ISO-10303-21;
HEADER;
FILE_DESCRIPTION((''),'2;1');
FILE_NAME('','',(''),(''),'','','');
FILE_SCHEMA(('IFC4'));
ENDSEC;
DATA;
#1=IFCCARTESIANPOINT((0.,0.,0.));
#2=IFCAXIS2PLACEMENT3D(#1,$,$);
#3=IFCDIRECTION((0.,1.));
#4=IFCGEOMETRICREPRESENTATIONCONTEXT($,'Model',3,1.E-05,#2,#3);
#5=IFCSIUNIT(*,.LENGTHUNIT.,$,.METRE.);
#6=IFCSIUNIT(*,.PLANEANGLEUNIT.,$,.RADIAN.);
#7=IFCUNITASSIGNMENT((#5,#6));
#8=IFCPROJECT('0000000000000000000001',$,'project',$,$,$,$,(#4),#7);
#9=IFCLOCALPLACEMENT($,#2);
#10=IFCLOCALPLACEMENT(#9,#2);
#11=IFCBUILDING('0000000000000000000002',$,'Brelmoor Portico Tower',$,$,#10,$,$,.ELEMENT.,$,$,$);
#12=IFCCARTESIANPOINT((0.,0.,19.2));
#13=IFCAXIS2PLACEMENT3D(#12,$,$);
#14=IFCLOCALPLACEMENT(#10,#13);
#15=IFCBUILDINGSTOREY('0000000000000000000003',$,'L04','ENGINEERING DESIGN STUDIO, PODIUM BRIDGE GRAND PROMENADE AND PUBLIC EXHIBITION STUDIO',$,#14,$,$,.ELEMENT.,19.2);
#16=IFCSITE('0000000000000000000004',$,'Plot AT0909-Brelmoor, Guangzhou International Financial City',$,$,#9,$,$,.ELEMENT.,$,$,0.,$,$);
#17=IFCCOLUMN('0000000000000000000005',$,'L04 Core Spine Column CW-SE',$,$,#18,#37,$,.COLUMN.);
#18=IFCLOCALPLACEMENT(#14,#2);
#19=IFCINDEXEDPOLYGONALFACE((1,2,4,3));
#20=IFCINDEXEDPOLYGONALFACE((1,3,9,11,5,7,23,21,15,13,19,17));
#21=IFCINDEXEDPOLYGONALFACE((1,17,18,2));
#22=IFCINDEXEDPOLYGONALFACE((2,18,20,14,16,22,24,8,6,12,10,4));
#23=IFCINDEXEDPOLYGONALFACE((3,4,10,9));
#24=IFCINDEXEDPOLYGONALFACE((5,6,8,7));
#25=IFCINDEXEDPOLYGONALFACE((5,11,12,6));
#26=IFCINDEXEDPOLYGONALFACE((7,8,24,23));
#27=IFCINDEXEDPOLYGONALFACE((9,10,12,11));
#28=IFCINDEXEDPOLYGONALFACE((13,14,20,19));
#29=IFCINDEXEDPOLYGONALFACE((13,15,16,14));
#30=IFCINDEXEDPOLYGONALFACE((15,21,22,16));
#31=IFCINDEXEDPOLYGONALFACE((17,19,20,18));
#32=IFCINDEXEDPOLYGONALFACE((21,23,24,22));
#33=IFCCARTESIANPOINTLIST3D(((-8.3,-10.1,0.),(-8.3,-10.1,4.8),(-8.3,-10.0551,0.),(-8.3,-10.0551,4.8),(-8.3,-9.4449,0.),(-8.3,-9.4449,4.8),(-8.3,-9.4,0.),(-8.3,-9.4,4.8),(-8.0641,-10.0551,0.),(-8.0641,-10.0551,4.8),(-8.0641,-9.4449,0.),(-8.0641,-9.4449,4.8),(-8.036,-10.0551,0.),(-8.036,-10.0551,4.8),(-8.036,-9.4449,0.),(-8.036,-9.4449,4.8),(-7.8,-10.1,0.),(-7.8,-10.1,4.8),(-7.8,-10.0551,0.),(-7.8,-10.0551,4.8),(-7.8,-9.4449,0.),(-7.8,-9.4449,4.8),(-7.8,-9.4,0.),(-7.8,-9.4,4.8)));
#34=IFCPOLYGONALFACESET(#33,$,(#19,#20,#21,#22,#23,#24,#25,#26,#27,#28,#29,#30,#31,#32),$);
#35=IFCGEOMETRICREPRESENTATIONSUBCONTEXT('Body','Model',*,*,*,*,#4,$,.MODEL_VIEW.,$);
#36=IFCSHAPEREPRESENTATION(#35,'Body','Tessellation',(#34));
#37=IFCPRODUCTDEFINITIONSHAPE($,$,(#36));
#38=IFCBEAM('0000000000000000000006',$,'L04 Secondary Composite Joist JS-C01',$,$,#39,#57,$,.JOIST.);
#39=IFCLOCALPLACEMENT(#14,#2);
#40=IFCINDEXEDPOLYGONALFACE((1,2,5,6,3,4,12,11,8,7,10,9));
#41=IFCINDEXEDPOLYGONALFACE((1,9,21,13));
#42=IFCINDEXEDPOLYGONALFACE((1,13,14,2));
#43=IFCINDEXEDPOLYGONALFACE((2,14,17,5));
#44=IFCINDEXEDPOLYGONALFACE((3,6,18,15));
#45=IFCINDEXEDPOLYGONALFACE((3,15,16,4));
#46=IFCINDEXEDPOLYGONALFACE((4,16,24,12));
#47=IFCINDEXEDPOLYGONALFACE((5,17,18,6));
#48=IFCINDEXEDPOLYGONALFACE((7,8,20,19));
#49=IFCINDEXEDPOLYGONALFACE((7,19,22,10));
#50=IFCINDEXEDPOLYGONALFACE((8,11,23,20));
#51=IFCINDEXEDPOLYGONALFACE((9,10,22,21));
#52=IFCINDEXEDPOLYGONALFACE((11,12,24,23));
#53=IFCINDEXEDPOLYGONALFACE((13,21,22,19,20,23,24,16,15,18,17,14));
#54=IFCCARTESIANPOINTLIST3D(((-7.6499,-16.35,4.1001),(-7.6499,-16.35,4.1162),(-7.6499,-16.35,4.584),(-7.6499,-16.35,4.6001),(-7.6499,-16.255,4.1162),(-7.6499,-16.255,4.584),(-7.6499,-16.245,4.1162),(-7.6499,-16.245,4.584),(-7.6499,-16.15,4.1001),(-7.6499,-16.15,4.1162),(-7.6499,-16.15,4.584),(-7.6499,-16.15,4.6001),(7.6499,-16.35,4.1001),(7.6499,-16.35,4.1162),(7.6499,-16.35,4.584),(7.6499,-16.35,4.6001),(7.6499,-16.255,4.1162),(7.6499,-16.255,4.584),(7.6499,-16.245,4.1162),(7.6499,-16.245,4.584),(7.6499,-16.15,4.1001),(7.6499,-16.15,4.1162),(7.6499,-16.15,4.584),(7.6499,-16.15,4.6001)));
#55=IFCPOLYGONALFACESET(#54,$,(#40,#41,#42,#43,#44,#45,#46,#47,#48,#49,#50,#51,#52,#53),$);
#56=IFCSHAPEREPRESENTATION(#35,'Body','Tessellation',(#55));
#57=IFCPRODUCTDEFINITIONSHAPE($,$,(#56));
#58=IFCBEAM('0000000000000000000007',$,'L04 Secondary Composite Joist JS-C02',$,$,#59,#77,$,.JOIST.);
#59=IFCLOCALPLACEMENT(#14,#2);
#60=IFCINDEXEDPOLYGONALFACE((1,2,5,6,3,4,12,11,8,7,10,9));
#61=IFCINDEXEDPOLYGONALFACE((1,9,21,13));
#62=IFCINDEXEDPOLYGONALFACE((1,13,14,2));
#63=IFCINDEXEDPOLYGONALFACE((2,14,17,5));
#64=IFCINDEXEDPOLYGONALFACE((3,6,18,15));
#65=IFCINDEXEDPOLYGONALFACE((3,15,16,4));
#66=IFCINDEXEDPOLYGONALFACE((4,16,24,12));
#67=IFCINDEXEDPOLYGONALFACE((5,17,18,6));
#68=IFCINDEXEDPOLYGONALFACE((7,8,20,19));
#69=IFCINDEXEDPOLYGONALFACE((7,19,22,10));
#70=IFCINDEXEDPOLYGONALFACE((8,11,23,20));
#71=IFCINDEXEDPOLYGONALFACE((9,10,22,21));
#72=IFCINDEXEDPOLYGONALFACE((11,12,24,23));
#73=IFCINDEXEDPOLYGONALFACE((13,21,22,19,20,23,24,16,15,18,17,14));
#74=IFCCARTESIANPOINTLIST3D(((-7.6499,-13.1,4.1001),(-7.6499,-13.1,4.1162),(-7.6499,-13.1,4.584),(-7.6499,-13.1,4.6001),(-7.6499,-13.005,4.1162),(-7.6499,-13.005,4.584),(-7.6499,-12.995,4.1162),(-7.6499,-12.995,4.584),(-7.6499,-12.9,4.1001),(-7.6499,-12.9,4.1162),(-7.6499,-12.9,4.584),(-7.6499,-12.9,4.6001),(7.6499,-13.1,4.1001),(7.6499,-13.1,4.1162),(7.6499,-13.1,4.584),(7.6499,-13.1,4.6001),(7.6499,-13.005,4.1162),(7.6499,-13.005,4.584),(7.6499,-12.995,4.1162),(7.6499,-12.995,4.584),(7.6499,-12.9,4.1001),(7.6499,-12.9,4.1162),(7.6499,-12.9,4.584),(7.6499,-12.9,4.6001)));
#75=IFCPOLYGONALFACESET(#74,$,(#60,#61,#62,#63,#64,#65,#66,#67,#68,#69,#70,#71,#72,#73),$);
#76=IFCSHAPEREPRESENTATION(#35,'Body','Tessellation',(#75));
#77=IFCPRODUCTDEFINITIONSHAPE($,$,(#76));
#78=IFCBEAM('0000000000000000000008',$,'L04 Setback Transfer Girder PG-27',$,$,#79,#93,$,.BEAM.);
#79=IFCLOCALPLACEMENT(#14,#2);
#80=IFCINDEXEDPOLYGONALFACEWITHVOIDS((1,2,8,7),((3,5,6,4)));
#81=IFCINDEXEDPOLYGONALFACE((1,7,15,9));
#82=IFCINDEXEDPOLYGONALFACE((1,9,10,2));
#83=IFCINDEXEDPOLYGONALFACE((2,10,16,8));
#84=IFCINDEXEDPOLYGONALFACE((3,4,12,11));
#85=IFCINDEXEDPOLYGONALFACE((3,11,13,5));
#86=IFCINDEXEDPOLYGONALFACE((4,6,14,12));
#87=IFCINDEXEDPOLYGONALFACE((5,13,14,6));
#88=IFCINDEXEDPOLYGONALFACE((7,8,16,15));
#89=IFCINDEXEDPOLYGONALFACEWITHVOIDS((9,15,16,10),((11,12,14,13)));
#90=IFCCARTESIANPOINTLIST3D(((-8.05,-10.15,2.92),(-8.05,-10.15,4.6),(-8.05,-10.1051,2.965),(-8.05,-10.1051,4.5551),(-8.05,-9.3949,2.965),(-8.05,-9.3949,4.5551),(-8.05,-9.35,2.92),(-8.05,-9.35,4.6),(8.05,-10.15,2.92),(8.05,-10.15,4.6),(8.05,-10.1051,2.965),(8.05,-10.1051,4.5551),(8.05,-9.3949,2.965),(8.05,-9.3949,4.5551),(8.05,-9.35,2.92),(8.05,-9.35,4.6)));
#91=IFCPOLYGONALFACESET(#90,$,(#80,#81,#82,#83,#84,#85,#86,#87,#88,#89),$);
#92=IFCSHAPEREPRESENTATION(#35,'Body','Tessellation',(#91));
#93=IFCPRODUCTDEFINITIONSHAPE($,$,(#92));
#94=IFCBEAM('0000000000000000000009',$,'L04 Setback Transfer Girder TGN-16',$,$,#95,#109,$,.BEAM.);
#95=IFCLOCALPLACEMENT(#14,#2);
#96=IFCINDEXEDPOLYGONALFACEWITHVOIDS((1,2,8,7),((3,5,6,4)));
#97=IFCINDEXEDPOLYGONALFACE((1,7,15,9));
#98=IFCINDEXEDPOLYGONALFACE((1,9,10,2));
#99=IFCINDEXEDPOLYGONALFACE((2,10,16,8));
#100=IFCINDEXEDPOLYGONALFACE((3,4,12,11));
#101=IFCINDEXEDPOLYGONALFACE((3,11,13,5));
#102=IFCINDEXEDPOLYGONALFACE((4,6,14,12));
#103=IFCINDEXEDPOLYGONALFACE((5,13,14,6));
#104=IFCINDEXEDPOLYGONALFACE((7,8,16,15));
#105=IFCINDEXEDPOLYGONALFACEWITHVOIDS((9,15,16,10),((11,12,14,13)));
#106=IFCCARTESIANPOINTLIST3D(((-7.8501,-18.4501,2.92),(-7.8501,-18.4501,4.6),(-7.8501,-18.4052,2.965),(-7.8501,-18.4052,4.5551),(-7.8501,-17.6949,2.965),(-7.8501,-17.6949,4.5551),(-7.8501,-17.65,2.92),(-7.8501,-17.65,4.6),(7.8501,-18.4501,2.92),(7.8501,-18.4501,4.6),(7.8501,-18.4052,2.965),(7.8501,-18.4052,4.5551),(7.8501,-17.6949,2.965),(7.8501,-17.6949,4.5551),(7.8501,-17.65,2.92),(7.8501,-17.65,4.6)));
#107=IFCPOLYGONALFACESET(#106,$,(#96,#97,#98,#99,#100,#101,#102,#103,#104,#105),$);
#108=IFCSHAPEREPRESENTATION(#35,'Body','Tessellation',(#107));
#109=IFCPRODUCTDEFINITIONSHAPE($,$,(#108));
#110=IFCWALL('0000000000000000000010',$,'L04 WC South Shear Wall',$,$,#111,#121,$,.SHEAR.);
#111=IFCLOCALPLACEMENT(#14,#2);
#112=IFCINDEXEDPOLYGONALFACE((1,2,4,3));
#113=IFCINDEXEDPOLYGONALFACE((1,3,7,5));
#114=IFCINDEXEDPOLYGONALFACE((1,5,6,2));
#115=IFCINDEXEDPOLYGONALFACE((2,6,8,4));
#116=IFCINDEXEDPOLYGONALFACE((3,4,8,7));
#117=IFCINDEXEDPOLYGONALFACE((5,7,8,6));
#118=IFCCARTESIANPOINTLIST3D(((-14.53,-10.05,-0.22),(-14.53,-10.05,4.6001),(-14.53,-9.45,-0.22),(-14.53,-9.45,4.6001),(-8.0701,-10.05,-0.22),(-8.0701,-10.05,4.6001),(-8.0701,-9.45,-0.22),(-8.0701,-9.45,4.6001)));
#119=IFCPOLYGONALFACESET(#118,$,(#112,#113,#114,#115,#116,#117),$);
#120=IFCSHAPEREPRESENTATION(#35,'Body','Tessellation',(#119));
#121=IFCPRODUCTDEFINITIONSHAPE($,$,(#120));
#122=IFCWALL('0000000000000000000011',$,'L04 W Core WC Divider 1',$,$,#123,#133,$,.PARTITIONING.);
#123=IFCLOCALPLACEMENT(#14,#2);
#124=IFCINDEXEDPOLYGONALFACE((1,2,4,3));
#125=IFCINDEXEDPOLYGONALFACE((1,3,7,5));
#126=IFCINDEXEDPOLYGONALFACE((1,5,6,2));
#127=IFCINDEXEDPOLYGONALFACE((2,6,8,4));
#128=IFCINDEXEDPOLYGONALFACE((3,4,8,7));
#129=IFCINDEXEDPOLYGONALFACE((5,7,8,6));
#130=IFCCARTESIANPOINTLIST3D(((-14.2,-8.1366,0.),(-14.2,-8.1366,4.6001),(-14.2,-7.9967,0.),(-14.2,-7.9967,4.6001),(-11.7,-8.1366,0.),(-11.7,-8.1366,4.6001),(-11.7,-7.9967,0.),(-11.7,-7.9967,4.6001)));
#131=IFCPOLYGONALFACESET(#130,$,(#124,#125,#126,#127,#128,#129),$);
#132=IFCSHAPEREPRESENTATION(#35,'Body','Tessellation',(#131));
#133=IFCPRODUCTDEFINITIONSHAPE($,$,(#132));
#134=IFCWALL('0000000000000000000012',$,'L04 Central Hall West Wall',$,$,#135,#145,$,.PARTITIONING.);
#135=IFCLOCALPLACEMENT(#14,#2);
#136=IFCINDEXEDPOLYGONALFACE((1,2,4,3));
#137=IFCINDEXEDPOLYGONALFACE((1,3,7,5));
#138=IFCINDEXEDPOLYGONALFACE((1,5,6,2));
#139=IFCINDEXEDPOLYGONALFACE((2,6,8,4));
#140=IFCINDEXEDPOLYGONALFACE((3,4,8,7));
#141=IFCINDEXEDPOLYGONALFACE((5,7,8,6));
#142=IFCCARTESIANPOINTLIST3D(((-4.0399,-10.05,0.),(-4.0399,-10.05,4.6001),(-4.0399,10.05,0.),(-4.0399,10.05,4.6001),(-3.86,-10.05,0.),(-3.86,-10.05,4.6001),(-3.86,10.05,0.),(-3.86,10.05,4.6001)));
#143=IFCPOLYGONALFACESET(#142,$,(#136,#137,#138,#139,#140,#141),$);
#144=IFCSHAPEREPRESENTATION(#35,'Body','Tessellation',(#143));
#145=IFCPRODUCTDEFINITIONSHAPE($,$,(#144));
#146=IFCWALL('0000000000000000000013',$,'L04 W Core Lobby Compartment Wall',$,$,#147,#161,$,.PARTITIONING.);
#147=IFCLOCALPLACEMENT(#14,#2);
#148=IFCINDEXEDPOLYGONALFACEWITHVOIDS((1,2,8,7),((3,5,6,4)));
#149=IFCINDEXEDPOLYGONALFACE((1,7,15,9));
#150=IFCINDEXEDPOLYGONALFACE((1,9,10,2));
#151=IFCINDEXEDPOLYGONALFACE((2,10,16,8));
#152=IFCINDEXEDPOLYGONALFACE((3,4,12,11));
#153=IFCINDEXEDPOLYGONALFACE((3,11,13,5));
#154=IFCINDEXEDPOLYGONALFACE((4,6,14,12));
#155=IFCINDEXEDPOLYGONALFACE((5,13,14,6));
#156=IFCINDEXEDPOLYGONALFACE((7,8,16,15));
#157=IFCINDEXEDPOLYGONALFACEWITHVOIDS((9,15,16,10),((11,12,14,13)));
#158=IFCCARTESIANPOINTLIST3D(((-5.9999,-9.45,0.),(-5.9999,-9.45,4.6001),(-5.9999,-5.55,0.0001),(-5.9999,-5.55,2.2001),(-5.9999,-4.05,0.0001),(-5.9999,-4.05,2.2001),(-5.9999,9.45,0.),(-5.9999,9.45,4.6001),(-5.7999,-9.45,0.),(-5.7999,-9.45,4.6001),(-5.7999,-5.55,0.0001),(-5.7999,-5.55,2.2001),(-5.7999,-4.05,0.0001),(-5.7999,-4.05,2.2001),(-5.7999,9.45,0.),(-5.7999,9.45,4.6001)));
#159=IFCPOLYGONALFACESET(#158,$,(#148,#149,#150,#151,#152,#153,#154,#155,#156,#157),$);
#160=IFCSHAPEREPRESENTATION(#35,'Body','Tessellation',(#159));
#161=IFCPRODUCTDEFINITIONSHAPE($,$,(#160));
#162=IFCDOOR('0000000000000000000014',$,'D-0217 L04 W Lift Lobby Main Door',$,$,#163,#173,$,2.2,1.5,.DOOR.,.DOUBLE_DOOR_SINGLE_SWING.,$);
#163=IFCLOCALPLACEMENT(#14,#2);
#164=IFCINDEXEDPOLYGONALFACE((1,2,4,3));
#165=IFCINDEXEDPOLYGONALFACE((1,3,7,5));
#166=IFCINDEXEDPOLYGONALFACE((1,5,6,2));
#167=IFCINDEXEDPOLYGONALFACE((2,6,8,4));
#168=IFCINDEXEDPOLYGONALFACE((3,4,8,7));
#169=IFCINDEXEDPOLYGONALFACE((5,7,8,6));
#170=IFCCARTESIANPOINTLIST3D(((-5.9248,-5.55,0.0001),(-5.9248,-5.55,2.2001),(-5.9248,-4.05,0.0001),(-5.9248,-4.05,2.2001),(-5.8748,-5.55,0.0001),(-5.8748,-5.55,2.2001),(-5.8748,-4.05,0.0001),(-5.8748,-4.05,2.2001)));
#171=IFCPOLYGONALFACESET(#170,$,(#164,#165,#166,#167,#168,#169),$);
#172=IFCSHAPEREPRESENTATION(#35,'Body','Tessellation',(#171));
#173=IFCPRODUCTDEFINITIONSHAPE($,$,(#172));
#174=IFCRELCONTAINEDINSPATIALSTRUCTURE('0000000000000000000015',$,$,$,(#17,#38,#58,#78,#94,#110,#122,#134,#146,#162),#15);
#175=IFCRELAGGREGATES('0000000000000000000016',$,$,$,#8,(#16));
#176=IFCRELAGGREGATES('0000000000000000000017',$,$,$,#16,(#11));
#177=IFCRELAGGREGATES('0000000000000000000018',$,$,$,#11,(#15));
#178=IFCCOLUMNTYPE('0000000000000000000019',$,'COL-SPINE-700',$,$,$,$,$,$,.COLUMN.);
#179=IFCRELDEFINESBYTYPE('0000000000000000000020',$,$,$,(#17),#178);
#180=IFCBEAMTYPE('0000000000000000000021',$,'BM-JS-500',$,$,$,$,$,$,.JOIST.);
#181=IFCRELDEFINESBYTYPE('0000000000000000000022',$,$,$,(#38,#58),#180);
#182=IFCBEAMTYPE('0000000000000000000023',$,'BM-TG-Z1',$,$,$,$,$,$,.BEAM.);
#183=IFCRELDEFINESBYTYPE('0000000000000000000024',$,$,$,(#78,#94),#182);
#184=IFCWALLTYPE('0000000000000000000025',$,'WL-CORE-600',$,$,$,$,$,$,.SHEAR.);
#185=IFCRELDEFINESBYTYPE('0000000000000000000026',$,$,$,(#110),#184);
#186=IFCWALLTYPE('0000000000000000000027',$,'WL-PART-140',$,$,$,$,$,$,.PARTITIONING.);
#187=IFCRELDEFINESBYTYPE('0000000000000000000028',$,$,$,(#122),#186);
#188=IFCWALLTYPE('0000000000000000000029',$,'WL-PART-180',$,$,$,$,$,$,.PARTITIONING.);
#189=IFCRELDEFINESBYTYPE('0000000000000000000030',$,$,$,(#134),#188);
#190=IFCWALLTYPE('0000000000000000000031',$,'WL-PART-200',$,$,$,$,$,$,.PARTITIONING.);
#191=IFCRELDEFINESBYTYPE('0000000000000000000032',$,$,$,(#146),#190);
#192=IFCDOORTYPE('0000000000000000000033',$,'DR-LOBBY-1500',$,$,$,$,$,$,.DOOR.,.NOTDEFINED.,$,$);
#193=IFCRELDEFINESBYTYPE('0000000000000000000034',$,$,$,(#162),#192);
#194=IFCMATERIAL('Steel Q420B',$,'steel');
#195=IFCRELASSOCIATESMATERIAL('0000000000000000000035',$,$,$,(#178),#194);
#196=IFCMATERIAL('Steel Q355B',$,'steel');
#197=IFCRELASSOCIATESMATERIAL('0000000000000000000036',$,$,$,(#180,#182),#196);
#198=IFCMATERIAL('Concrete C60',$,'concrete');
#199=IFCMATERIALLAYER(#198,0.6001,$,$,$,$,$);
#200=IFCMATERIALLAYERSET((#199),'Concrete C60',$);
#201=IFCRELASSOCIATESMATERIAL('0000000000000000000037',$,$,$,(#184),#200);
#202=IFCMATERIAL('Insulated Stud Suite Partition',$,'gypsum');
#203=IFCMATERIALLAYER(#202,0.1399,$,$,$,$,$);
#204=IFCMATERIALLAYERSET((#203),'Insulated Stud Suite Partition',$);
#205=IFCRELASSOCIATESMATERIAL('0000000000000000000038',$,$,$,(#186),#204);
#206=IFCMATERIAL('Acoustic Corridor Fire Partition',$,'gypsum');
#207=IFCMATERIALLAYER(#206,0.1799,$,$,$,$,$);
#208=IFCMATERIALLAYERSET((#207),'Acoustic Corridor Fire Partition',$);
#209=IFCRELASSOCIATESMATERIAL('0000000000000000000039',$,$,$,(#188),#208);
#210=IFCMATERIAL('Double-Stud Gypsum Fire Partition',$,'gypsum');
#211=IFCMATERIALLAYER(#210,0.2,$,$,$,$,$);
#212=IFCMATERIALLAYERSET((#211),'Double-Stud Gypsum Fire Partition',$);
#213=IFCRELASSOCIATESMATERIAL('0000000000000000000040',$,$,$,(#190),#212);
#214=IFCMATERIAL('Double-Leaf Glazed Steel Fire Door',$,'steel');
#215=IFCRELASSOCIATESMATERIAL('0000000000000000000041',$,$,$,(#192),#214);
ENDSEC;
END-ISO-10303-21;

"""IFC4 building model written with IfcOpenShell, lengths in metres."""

from ifc_helpers import new_model, si_unit, direction, frame, frame_2d, origin, origin_2d, place, context, subcontext, project, spatial, rectangle, hollow_rectangle, i_section, extrude, material, layer, layer_set, material_profile, profile_set, type_object, element, fill, save


model = new_model("IFC4")

# Units and contexts
model_context = context("Model", 3, precision=1e-05, world=origin(), true_north=direction((0.0, 1.0)))
body_context = subcontext(model_context, "Body", "Model", "MODEL_VIEW")
ifc_project = project(units=[si_unit("LENGTHUNIT", "METRE"), si_unit("PLANEANGLEUNIT", "RADIAN")], contexts=[model_context])

# Site, building, storey
site_placement = place(None, origin())
site = spatial("IfcSite", under=ifc_project, at=site_placement, Name="Plot AT0909-Brelmoor, Guangzhou International Financial City", CompositionType="ELEMENT", RefElevation=0.0)
building_placement = place(site_placement, origin())
building = spatial("IfcBuilding", under=site, at=building_placement, Name="Brelmoor Portico Tower", CompositionType="ELEMENT")
storey_placement = place(building_placement, frame((0.0, 0.0, 19.2)))
storey = spatial("IfcBuildingStorey", under=building, at=storey_placement, Name="L04", Description="ENGINEERING DESIGN STUDIO, PODIUM BRIDGE GRAND PROMENADE AND PUBLIC EXHIBITION STUDIO", CompositionType="ELEMENT", Elevation=19.2)

# Column
ifc_material_1 = material(Name="Steel Q420B", Category="steel")
ifc_material_profile_1 = material_profile(ifc_material_1, i_section(OverallWidth=0.5, OverallDepth=0.7, WebThickness=0.0281, FlangeThickness=0.0449, at=origin_2d()), Name="HW 700x500x28x45")
ifc_profile_set_1 = profile_set([ifc_material_profile_1], Name="Steel Q420B")
column_type = type_object("IfcColumnType", Name="COL-SPINE-700", PredefinedType="COLUMN", material=ifc_profile_set_1)
column_placement = place(storey_placement, frame((-8.05, -9.75, 0.0), z_axis=(0.0, 0.0, 1.0), x_axis=(1.0, 0.0, 0.0)))
element("IfcColumn", 1, at=column_placement, inside=storey, type_object=column_type, Name="L04 Core Spine Column CW-SE", PredefinedType="COLUMN", context=body_context, shape_type="SweptSolid", body=[
    extrude(i_section(OverallWidth=0.5, OverallDepth=0.7, WebThickness=0.0281, FlangeThickness=0.0449, at=origin_2d()), origin(), (0.0, 0.0, 1.0), 4.8),
])

# Beams
ifc_material_2 = material(Name="Steel Q355B", Category="steel")
ifc_material_profile_2 = material_profile(ifc_material_2, i_section(OverallWidth=0.2, OverallDepth=0.5, WebThickness=0.01, FlangeThickness=0.0161, at=origin_2d()), Name="HN 500x200x10x16")
ifc_profile_set_2 = profile_set([ifc_material_profile_2], Name="Steel Q355B")
beam_type_1 = type_object("IfcBeamType", Name="BM-JS-500", PredefinedType="JOIST", material=ifc_profile_set_2)
for number, where, z_axis, x_axis, name in (
    (2, (-7.6499, -16.25, 4.3501), (1.0, 0.0, 0.0), (0.0, 1.0, 0.0), "L04 Secondary Composite Joist JS-C01"),
    (3, (-7.6499, -13.0, 4.3501), (1.0, 0.0, 0.0), (0.0, 1.0, 0.0), "L04 Secondary Composite Joist JS-C02"),
):
    element("IfcBeam", number, at=place(storey_placement, frame(where, z_axis=z_axis, x_axis=x_axis)), inside=storey, type_object=beam_type_1, Name=name, PredefinedType="JOIST", context=body_context, shape_type="SweptSolid", body=[
        extrude(i_section(OverallWidth=0.2, OverallDepth=0.5, WebThickness=0.01, FlangeThickness=0.0161, at=origin_2d()), origin(), (0.0, 0.0, 1.0), 15.2998),
    ])
ifc_material_profile_3 = material_profile(ifc_material_2, hollow_rectangle(XDim=0.8, YDim=1.6799, WallThickness=0.0449, at=origin_2d()), Name="BOX 800x1680x45")
ifc_profile_set_3 = profile_set([ifc_material_profile_3], Name="Steel Q355B")
beam_type_2 = type_object("IfcBeamType", Name="BM-TG-Z1", PredefinedType="BEAM", material=ifc_profile_set_3)
beam_1_placement = place(storey_placement, frame((-8.05, -9.75, 3.76), z_axis=(1.0, 0.0, 0.0), x_axis=(0.0, 1.0, 0.0)))
element("IfcBeam", 4, at=beam_1_placement, inside=storey, type_object=beam_type_2, Name="L04 Setback Transfer Girder PG-27", PredefinedType="BEAM", context=body_context, shape_type="SweptSolid", body=[
    extrude(hollow_rectangle(XDim=0.8, YDim=1.6799, WallThickness=0.0449, at=origin_2d()), origin(), (0.0, 0.0, 1.0), 16.1001),
])
beam_2_placement = place(storey_placement, frame((-7.8501, -18.05, 3.76), z_axis=(1.0, 0.0, 0.0), x_axis=(0.0, 1.0, 0.0)))
element("IfcBeam", 5, at=beam_2_placement, inside=storey, type_object=beam_type_2, Name="L04 Setback Transfer Girder TGN-16", PredefinedType="BEAM", context=body_context, shape_type="SweptSolid", body=[
    extrude(hollow_rectangle(XDim=0.8, YDim=1.6799, WallThickness=0.0449, at=origin_2d()), origin(), (0.0, 0.0, 1.0), 15.7002),
])

# Walls
ifc_material_3 = material(Name="Concrete C60", Category="concrete")
ifc_layer_1 = layer(ifc_material_3, 0.6001)
ifc_layer_set_1 = layer_set([ifc_layer_1], Name="Concrete C60")
wall_type_1 = type_object("IfcWallType", Name="WL-CORE-600", PredefinedType="SHEAR", material=ifc_layer_set_1)
wall_1_placement = place(storey_placement, frame((-14.53, -9.75, -0.22), z_axis=(0.0, 0.0, 1.0), x_axis=(1.0, 0.0, 0.0)))
element("IfcWall", 6, at=wall_1_placement, inside=storey, type_object=wall_type_1, Name="L04 WC South Shear Wall", PredefinedType="SHEAR", context=body_context, shape_type="SweptSolid", body=[
    extrude(rectangle(XDim=6.46, YDim=0.6001, at=frame_2d((3.23, 0.0))), origin(), (0.0, 0.0, 1.0), 4.8201),
])
ifc_material_4 = material(Name="Insulated Stud Suite Partition", Category="gypsum")
ifc_layer_2 = layer(ifc_material_4, 0.1399)
ifc_layer_set_2 = layer_set([ifc_layer_2], Name="Insulated Stud Suite Partition")
wall_type_2 = type_object("IfcWallType", Name="WL-PART-140", PredefinedType="PARTITIONING", material=ifc_layer_set_2)
wall_2_placement = place(storey_placement, frame((-11.7, -8.0667, 0.0), z_axis=(0.0, 0.0, 1.0), x_axis=(-1.0, 0.0, 0.0)))
element("IfcWall", 7, at=wall_2_placement, inside=storey, type_object=wall_type_2, Name="L04 W Core WC Divider 1", PredefinedType="PARTITIONING", context=body_context, shape_type="SweptSolid", body=[
    extrude(rectangle(XDim=2.5, YDim=0.1399, at=frame_2d((1.25, 0.0))), origin(), (0.0, 0.0, 1.0), 4.6001),
])

# Wall
ifc_material_5 = material(Name="Acoustic Corridor Fire Partition", Category="gypsum")
ifc_layer_3 = layer(ifc_material_5, 0.1799)
ifc_layer_set_3 = layer_set([ifc_layer_3], Name="Acoustic Corridor Fire Partition")
wall_type_3 = type_object("IfcWallType", Name="WL-PART-180", PredefinedType="PARTITIONING", material=ifc_layer_set_3)
wall_3_placement = place(storey_placement, frame((-3.95, -10.05, 0.0), z_axis=(0.0, 0.0, 1.0), x_axis=(0.0, 1.0, 0.0)))
element("IfcWall", 8, at=wall_3_placement, inside=storey, type_object=wall_type_3, Name="L04 Central Hall West Wall", PredefinedType="PARTITIONING", context=body_context, shape_type="SweptSolid", body=[
    extrude(rectangle(XDim=20.1001, YDim=0.1799, at=frame_2d((10.05, 0.0))), origin(), (0.0, 0.0, 1.0), 4.6001),
])

# Wall, opening, door
ifc_material_6 = material(Name="Double-Stud Gypsum Fire Partition", Category="gypsum")
ifc_layer_4 = layer(ifc_material_6, 0.2)
ifc_layer_set_4 = layer_set([ifc_layer_4], Name="Double-Stud Gypsum Fire Partition")
wall_type_4 = type_object("IfcWallType", Name="WL-PART-200", PredefinedType="PARTITIONING", material=ifc_layer_set_4)
wall_4_placement = place(storey_placement, frame((-5.8999, -9.45, 0.0), z_axis=(0.0, 0.0, 1.0), x_axis=(0.0, 1.0, 0.0)))
wall_4 = element("IfcWall", 9, at=wall_4_placement, inside=storey, type_object=wall_type_4, Name="L04 W Core Lobby Compartment Wall", PredefinedType="PARTITIONING", context=body_context, shape_type="SweptSolid", body=[
    extrude(rectangle(XDim=18.8999, YDim=0.2, at=frame_2d((9.45, 0.0))), origin(), (0.0, 0.0, 1.0), 4.6001),
])
opening_1_placement = place(wall_4_placement, frame((3.8999, 0.0, 0.0)))
opening_1 = element("IfcOpeningElement", 10, at=opening_1_placement, cuts=wall_4, PredefinedType="OPENING", context=body_context, shape_type="SweptSolid", body=[
    extrude(rectangle(XDim=1.5, YDim=2.2, at=frame_2d((0.75, 1.1001))), frame((0.0, 0.1099, 0.0), z_axis=(0.0, -1.0, 0.0), x_axis=(1.0, 0.0, 0.0)), (0.0, 0.0, 1.0), 0.22),
])
ifc_material_7 = material(Name="Double-Leaf Glazed Steel Fire Door", Category="steel")
door_type_1 = type_object("IfcDoorType", Name="DR-LOBBY-1500", OperationType="NOTDEFINED", PredefinedType="DOOR", material=ifc_material_7)
door_1_placement = place(opening_1_placement, origin())
door_1 = element("IfcDoor", 11, at=door_1_placement, inside=storey, type_object=door_type_1, Name="D-0217 L04 W Lift Lobby Main Door", OperationType="DOUBLE_DOOR_SINGLE_SWING", OverallHeight=2.2, OverallWidth=1.5, PredefinedType="DOOR", context=body_context, shape_type="SweptSolid", body=[
    extrude(rectangle(XDim=1.5, YDim=2.2, at=frame_2d((0.75, 1.1001))), frame((0.0, 0.0249, 0.0), z_axis=(0.0, -1.0, 0.0), x_axis=(1.0, 0.0, 0.0)), (0.0, 0.0, 1.0), 0.05),
])
fill(opening_1, door_1)

save(model, "model.ifc")
